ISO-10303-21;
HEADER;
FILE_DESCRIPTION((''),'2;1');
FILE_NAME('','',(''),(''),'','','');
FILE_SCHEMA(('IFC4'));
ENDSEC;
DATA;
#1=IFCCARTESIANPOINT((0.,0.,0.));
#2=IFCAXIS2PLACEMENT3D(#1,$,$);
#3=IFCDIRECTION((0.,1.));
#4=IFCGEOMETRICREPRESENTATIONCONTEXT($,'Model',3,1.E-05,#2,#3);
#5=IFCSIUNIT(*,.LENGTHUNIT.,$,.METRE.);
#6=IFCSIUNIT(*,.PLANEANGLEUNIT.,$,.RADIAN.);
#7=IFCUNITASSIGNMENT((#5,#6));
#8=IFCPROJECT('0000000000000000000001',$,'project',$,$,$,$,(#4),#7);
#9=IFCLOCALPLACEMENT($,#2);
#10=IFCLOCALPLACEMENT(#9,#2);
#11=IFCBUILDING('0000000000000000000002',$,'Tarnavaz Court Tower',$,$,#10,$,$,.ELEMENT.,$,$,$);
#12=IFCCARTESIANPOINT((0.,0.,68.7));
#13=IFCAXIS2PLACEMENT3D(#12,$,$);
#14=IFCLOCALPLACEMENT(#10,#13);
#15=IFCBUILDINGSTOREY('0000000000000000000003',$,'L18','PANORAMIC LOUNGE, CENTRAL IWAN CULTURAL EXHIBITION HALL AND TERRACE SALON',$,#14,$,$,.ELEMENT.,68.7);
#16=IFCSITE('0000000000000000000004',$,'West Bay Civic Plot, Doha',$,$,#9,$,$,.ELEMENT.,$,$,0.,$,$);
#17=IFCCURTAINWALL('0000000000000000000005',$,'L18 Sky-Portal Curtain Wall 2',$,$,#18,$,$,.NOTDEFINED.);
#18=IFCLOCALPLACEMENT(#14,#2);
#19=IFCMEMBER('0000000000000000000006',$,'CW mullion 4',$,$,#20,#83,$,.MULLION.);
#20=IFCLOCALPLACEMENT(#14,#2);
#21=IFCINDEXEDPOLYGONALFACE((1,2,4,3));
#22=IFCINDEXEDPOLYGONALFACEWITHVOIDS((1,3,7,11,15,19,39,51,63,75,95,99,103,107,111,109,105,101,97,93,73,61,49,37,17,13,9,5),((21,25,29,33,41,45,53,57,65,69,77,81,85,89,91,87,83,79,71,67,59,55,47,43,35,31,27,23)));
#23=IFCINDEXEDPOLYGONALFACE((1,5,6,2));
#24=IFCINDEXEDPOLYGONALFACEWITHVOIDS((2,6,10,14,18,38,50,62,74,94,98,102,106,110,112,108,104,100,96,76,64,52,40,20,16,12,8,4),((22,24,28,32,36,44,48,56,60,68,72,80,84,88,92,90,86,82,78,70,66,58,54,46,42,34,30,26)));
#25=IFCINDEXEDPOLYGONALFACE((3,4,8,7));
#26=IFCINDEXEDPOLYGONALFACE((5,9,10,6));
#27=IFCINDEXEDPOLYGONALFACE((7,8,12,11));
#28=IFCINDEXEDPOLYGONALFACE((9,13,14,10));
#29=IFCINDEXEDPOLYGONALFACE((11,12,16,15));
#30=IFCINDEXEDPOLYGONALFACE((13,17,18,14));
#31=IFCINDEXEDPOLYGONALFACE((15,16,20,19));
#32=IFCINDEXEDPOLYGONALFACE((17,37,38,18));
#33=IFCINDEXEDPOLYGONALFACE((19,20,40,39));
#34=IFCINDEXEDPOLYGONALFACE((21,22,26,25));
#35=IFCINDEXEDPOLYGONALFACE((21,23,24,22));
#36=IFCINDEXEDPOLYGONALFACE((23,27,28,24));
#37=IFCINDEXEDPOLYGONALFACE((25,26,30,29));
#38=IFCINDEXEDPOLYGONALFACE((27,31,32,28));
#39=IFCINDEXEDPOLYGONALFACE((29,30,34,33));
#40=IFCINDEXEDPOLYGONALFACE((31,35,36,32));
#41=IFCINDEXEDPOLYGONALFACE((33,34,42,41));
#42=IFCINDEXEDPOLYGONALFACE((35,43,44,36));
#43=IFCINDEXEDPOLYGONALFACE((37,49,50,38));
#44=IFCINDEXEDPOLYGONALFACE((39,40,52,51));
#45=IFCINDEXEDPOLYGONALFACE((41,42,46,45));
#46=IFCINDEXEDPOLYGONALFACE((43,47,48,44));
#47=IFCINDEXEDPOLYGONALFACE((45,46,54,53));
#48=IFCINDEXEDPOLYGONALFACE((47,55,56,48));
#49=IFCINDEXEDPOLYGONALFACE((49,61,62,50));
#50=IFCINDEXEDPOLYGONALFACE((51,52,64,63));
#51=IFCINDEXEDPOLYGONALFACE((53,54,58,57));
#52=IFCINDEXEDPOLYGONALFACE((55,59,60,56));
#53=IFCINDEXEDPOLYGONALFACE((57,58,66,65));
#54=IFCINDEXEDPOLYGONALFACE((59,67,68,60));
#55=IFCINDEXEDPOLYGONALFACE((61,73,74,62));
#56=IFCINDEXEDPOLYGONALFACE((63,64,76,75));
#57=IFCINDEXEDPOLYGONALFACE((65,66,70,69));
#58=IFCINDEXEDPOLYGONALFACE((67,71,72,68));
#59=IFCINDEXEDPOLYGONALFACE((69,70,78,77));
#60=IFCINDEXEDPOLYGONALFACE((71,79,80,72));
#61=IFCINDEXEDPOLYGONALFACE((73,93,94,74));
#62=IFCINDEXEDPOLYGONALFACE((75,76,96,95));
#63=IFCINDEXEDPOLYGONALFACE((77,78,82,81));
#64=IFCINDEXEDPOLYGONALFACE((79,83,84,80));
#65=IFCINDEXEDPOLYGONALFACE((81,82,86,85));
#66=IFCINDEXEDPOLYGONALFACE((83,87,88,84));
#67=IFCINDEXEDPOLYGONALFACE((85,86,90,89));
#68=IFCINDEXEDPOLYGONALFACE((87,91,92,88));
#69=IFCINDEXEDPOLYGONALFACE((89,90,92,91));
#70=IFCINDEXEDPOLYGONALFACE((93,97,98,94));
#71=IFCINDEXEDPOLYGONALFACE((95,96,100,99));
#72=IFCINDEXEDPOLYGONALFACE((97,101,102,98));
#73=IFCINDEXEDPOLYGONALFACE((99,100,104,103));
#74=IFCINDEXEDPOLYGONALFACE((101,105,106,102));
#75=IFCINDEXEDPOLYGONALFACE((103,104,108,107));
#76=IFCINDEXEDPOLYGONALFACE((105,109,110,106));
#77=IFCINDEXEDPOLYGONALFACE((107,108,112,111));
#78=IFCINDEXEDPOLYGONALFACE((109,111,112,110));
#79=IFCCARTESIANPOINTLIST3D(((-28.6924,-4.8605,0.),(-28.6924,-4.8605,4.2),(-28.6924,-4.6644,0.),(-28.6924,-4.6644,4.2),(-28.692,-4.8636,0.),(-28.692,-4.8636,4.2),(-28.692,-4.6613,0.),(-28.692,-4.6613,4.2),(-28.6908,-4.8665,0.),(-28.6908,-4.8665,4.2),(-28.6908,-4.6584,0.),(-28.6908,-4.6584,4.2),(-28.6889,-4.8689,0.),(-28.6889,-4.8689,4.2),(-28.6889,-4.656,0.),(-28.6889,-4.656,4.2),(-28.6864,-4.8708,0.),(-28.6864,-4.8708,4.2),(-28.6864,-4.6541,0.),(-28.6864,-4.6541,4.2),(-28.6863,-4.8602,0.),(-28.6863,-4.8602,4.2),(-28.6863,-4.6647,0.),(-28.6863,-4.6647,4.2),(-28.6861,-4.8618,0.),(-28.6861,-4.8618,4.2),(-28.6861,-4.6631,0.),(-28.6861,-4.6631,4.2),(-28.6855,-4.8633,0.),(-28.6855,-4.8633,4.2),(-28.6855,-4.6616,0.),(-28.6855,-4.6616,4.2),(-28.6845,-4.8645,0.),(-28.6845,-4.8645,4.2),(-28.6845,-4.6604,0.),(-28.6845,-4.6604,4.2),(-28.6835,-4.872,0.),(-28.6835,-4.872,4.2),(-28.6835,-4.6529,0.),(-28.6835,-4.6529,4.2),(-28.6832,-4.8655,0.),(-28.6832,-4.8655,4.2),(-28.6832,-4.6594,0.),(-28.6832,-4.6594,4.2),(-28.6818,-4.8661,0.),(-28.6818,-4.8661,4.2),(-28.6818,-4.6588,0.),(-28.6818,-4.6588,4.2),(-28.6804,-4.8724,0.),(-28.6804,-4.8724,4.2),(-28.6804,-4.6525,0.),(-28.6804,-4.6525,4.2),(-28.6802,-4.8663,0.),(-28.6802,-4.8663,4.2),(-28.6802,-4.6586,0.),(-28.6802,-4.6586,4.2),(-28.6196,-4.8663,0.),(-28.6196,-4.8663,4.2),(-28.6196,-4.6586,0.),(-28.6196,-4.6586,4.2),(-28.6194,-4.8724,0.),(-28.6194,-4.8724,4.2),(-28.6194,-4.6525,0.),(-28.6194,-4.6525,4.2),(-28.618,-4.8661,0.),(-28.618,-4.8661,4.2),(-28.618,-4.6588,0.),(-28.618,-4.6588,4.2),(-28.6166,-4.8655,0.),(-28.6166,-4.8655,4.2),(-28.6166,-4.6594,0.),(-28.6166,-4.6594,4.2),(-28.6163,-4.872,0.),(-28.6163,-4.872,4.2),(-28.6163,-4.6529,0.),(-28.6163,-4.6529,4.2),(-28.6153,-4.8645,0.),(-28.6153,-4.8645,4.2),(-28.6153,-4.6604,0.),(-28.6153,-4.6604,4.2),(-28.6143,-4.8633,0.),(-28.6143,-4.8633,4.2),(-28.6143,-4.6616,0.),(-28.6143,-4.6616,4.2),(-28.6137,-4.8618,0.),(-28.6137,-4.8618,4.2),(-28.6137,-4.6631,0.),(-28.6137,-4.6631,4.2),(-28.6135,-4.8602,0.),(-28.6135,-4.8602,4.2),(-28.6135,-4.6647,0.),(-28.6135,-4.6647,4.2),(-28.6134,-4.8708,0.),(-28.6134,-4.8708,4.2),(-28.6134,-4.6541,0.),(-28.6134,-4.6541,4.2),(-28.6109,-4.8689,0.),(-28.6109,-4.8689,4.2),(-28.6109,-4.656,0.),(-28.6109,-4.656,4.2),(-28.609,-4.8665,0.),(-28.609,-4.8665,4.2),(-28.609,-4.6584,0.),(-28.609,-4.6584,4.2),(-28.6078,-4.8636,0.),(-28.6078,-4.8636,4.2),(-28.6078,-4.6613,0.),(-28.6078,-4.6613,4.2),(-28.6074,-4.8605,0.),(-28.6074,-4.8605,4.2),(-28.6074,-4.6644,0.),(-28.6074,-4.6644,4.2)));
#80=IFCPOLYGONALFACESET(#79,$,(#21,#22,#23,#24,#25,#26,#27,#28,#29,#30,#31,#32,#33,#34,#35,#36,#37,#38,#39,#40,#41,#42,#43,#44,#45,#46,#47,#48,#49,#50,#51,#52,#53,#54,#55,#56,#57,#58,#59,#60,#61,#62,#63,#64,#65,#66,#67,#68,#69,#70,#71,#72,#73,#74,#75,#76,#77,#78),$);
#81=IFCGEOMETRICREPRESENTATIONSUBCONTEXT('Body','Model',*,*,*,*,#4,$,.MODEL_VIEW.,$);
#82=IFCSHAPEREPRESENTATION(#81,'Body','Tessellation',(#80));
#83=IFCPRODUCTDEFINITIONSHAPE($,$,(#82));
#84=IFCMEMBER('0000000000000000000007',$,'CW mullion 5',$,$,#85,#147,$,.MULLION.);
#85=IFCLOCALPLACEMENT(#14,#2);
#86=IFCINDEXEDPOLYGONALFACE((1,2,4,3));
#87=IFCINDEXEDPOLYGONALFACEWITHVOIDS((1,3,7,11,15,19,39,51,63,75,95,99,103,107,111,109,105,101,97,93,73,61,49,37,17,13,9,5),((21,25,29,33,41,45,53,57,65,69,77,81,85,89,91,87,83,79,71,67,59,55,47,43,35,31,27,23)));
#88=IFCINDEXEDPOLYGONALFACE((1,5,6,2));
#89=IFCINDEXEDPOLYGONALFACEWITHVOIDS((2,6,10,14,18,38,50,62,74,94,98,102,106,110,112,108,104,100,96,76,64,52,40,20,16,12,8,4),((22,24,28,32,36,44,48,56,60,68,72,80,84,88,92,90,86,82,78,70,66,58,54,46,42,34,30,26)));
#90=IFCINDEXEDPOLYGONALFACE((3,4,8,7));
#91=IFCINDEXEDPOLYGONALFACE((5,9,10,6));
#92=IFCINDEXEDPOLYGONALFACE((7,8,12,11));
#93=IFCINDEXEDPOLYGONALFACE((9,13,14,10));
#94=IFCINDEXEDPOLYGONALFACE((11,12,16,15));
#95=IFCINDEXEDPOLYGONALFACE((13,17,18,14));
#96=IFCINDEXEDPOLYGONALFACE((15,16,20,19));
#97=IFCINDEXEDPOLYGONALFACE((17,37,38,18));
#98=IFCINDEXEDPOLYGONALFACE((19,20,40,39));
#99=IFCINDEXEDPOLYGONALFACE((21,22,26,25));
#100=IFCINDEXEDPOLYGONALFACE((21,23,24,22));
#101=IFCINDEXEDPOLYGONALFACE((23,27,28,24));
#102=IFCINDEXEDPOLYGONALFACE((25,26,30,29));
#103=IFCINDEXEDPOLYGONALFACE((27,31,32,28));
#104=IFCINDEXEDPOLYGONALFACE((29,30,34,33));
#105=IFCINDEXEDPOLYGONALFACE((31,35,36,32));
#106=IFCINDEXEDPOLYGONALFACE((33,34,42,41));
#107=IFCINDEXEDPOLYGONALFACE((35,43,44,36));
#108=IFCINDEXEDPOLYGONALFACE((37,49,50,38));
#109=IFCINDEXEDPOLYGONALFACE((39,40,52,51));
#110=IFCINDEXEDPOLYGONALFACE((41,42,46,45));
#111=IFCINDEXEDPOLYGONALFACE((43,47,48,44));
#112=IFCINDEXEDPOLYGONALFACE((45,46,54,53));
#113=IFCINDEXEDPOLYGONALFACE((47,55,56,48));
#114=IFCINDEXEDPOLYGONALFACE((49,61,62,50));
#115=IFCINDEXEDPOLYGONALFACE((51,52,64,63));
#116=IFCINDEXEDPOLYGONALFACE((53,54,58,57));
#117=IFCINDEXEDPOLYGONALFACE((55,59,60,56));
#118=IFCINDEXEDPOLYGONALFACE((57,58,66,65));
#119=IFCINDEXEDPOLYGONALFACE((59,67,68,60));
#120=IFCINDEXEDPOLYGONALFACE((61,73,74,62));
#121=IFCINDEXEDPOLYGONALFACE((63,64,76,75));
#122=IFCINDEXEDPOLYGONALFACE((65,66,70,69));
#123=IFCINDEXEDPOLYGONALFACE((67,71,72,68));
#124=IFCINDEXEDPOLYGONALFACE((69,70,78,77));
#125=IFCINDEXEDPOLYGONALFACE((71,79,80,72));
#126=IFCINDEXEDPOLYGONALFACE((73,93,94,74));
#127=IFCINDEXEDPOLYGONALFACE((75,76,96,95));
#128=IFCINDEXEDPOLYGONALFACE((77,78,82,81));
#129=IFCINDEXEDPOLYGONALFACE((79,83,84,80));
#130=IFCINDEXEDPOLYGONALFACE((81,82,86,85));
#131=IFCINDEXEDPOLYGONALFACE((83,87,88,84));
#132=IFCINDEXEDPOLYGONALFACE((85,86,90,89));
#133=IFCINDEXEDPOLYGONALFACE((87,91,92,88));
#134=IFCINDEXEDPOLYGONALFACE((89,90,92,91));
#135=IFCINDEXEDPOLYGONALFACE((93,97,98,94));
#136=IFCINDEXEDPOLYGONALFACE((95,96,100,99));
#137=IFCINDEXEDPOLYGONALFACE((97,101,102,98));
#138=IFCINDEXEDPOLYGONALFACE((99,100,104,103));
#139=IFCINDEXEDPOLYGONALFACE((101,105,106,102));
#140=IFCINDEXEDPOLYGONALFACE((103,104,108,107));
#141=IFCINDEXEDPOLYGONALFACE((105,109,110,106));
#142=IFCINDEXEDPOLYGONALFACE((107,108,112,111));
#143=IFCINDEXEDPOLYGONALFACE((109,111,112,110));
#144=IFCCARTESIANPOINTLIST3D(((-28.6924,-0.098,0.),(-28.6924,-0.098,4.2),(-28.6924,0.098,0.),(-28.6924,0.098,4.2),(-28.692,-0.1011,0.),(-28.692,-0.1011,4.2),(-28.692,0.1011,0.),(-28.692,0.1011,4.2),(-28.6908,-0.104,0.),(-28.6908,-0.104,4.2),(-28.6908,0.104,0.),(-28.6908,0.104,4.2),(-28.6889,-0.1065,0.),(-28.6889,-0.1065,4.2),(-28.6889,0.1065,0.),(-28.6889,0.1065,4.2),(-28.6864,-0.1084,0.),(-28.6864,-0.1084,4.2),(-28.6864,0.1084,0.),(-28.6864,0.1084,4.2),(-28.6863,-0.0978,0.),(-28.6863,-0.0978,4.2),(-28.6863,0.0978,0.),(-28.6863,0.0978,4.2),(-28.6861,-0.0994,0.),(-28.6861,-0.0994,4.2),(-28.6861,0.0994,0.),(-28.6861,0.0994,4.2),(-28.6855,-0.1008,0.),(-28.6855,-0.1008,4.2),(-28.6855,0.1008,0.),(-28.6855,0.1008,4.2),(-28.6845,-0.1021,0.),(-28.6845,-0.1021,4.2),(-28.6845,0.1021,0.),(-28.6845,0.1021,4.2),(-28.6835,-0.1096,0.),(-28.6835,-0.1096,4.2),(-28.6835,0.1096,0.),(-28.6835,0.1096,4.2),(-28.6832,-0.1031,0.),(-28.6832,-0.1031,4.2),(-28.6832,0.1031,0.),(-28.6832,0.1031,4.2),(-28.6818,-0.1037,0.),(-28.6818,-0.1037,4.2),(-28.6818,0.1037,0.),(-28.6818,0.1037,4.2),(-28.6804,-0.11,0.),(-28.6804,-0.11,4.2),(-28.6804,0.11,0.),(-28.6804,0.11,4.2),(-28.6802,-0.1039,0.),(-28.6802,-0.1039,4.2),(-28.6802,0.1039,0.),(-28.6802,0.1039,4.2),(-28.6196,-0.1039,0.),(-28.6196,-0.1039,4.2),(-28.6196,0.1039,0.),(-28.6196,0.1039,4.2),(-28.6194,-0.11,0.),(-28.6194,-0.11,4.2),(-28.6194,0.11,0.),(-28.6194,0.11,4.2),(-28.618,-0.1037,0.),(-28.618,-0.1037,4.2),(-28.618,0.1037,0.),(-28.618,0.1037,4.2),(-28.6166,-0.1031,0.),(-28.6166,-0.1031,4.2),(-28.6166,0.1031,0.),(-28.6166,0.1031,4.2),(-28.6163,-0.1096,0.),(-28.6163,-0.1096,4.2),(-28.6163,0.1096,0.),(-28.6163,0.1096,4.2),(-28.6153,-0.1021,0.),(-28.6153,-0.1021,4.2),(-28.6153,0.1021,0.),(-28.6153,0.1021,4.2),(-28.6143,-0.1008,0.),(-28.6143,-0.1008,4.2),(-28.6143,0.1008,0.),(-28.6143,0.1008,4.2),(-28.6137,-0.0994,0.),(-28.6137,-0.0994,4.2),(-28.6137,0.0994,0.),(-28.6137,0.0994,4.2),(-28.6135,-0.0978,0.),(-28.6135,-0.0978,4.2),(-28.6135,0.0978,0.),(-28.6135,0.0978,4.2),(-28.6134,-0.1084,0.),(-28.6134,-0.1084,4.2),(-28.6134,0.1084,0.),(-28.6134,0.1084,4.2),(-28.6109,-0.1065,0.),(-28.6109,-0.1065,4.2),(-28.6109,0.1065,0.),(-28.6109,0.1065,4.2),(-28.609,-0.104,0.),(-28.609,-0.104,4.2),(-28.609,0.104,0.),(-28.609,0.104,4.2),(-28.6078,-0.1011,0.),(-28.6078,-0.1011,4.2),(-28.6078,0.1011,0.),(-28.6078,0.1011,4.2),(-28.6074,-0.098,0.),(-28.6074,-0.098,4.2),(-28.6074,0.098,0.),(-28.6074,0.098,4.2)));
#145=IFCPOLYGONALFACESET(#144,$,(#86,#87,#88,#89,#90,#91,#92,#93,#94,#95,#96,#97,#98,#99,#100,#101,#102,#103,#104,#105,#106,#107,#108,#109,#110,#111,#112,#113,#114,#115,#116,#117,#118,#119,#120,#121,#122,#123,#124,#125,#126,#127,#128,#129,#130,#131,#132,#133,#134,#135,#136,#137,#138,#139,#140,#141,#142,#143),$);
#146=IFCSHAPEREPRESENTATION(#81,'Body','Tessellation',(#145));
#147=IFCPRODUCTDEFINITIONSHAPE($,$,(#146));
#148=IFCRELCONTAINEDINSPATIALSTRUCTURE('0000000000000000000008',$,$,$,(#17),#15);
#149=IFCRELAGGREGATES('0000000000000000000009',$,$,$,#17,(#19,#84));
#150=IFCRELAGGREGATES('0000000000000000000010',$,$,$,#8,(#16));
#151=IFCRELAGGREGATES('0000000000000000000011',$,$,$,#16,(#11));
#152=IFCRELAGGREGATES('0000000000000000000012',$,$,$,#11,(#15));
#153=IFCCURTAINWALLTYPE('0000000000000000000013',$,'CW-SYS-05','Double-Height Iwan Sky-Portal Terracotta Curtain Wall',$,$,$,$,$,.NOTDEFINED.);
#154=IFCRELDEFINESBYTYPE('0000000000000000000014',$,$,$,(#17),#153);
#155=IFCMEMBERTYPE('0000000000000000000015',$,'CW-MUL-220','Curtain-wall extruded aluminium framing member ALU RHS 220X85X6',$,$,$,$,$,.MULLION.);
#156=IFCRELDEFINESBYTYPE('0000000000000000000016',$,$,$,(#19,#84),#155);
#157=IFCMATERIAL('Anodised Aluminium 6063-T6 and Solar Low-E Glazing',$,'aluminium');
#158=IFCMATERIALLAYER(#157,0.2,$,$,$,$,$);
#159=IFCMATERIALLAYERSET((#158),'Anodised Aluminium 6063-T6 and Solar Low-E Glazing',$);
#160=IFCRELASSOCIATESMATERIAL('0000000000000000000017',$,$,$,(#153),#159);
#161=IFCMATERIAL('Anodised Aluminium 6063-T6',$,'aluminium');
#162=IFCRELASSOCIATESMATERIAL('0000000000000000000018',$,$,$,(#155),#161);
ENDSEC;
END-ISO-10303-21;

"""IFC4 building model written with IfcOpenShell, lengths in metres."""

from ifc_helpers import new_model, si_unit, direction, frame, origin, origin_2d, place, context, subcontext, project, spatial, hollow_rectangle, extrude, material, layer, layer_set, material_profile, profile_set, type_object, element, aggregate, save


model = new_model("IFC4")

# Units and contexts
model_context = context("Model", 3, precision=1e-05, world=origin(), true_north=direction((0.0, 1.0)))
body_context = subcontext(model_context, "Body", "Model", "MODEL_VIEW")
ifc_project = project(units=[si_unit("LENGTHUNIT", "METRE"), si_unit("PLANEANGLEUNIT", "RADIAN")], contexts=[model_context])

# Site, building, storey
site_placement = place(None, origin())
site = spatial("IfcSite", under=ifc_project, at=site_placement, Name="West Bay Civic Plot, Doha", CompositionType="ELEMENT", RefElevation=0.0)
building_placement = place(site_placement, origin())
building = spatial("IfcBuilding", under=site, at=building_placement, Name="Tarnavaz Court Tower", CompositionType="ELEMENT")
storey_placement = place(building_placement, frame((0.0, 0.0, 68.7)))
storey = spatial("IfcBuildingStorey", under=building, at=storey_placement, Name="L18", Description="PANORAMIC LOUNGE, CENTRAL IWAN CULTURAL EXHIBITION HALL AND TERRACE SALON", CompositionType="ELEMENT", Elevation=68.7)

# Curtain wall, members
ifc_material_1 = material(Name="Anodised Aluminium 6063-T6 and Solar Low-E Glazing", Category="aluminium")
ifc_layer_1 = layer(ifc_material_1, 0.2)
ifc_layer_set_1 = layer_set([ifc_layer_1], Name="Anodised Aluminium 6063-T6 and Solar Low-E Glazing")
curtain_wall_type = type_object("IfcCurtainWallType", Name="CW-SYS-05", Description="Double-Height Iwan Sky-Portal Terracotta Curtain Wall", PredefinedType="NOTDEFINED", material=ifc_layer_set_1)
curtain_wall_placement = place(storey_placement, origin())
curtain_wall = element("IfcCurtainWall", 1, at=curtain_wall_placement, inside=storey, type_object=curtain_wall_type, Name="L18 Sky-Portal Curtain Wall 2", PredefinedType="NOTDEFINED")
ifc_material_2 = material(Name="Anodised Aluminium 6063-T6", Category="aluminium")
ifc_material_profile_1 = material_profile(ifc_material_2, hollow_rectangle(XDim=0.085, YDim=0.22, WallThickness=0.0061, InnerFilletRadius=0.0061, OuterFilletRadius=0.012, at=origin_2d()), Name="ALU RHS 220X85X6")
ifc_profile_set_1 = profile_set([ifc_material_profile_1], Name="Anodised Aluminium 6063-T6")
member_type_1 = type_object("IfcMemberType", Name="CW-MUL-220", Description="Curtain-wall extruded aluminium framing member ALU RHS 220X85X6", PredefinedType="MULLION", material=ifc_profile_set_1)
member_1_placement = place(storey_placement, frame((-28.6499, -4.7625, 0.0), z_axis=(0.0, 0.0, 1.0), x_axis=(-1.0, 0.0, 0.0)))
member_1 = element("IfcMember", 2, at=member_1_placement, type_object=member_type_1, Name="CW mullion 4", PredefinedType="MULLION", context=body_context, shape_type="SweptSolid", body=[
    extrude(hollow_rectangle(XDim=0.085, YDim=0.22, WallThickness=0.0061, InnerFilletRadius=0.0061, OuterFilletRadius=0.012, at=origin_2d()), origin(), (0.0, 0.0, 1.0), 4.2),
])
member_2_placement = place(storey_placement, frame((-28.6499, 0.0, 0.0), z_axis=(0.0, 0.0, 1.0), x_axis=(-1.0, 0.0, 0.0)))
member_2 = element("IfcMember", 3, at=member_2_placement, type_object=member_type_1, Name="CW mullion 5", PredefinedType="MULLION", context=body_context, shape_type="SweptSolid", body=[
    extrude(hollow_rectangle(XDim=0.085, YDim=0.22, WallThickness=0.0061, InnerFilletRadius=0.0061, OuterFilletRadius=0.012, at=origin_2d()), origin(), (0.0, 0.0, 1.0), 4.2),
])
aggregate(curtain_wall, [member_1, member_2])

save(model, "model.ifc")
